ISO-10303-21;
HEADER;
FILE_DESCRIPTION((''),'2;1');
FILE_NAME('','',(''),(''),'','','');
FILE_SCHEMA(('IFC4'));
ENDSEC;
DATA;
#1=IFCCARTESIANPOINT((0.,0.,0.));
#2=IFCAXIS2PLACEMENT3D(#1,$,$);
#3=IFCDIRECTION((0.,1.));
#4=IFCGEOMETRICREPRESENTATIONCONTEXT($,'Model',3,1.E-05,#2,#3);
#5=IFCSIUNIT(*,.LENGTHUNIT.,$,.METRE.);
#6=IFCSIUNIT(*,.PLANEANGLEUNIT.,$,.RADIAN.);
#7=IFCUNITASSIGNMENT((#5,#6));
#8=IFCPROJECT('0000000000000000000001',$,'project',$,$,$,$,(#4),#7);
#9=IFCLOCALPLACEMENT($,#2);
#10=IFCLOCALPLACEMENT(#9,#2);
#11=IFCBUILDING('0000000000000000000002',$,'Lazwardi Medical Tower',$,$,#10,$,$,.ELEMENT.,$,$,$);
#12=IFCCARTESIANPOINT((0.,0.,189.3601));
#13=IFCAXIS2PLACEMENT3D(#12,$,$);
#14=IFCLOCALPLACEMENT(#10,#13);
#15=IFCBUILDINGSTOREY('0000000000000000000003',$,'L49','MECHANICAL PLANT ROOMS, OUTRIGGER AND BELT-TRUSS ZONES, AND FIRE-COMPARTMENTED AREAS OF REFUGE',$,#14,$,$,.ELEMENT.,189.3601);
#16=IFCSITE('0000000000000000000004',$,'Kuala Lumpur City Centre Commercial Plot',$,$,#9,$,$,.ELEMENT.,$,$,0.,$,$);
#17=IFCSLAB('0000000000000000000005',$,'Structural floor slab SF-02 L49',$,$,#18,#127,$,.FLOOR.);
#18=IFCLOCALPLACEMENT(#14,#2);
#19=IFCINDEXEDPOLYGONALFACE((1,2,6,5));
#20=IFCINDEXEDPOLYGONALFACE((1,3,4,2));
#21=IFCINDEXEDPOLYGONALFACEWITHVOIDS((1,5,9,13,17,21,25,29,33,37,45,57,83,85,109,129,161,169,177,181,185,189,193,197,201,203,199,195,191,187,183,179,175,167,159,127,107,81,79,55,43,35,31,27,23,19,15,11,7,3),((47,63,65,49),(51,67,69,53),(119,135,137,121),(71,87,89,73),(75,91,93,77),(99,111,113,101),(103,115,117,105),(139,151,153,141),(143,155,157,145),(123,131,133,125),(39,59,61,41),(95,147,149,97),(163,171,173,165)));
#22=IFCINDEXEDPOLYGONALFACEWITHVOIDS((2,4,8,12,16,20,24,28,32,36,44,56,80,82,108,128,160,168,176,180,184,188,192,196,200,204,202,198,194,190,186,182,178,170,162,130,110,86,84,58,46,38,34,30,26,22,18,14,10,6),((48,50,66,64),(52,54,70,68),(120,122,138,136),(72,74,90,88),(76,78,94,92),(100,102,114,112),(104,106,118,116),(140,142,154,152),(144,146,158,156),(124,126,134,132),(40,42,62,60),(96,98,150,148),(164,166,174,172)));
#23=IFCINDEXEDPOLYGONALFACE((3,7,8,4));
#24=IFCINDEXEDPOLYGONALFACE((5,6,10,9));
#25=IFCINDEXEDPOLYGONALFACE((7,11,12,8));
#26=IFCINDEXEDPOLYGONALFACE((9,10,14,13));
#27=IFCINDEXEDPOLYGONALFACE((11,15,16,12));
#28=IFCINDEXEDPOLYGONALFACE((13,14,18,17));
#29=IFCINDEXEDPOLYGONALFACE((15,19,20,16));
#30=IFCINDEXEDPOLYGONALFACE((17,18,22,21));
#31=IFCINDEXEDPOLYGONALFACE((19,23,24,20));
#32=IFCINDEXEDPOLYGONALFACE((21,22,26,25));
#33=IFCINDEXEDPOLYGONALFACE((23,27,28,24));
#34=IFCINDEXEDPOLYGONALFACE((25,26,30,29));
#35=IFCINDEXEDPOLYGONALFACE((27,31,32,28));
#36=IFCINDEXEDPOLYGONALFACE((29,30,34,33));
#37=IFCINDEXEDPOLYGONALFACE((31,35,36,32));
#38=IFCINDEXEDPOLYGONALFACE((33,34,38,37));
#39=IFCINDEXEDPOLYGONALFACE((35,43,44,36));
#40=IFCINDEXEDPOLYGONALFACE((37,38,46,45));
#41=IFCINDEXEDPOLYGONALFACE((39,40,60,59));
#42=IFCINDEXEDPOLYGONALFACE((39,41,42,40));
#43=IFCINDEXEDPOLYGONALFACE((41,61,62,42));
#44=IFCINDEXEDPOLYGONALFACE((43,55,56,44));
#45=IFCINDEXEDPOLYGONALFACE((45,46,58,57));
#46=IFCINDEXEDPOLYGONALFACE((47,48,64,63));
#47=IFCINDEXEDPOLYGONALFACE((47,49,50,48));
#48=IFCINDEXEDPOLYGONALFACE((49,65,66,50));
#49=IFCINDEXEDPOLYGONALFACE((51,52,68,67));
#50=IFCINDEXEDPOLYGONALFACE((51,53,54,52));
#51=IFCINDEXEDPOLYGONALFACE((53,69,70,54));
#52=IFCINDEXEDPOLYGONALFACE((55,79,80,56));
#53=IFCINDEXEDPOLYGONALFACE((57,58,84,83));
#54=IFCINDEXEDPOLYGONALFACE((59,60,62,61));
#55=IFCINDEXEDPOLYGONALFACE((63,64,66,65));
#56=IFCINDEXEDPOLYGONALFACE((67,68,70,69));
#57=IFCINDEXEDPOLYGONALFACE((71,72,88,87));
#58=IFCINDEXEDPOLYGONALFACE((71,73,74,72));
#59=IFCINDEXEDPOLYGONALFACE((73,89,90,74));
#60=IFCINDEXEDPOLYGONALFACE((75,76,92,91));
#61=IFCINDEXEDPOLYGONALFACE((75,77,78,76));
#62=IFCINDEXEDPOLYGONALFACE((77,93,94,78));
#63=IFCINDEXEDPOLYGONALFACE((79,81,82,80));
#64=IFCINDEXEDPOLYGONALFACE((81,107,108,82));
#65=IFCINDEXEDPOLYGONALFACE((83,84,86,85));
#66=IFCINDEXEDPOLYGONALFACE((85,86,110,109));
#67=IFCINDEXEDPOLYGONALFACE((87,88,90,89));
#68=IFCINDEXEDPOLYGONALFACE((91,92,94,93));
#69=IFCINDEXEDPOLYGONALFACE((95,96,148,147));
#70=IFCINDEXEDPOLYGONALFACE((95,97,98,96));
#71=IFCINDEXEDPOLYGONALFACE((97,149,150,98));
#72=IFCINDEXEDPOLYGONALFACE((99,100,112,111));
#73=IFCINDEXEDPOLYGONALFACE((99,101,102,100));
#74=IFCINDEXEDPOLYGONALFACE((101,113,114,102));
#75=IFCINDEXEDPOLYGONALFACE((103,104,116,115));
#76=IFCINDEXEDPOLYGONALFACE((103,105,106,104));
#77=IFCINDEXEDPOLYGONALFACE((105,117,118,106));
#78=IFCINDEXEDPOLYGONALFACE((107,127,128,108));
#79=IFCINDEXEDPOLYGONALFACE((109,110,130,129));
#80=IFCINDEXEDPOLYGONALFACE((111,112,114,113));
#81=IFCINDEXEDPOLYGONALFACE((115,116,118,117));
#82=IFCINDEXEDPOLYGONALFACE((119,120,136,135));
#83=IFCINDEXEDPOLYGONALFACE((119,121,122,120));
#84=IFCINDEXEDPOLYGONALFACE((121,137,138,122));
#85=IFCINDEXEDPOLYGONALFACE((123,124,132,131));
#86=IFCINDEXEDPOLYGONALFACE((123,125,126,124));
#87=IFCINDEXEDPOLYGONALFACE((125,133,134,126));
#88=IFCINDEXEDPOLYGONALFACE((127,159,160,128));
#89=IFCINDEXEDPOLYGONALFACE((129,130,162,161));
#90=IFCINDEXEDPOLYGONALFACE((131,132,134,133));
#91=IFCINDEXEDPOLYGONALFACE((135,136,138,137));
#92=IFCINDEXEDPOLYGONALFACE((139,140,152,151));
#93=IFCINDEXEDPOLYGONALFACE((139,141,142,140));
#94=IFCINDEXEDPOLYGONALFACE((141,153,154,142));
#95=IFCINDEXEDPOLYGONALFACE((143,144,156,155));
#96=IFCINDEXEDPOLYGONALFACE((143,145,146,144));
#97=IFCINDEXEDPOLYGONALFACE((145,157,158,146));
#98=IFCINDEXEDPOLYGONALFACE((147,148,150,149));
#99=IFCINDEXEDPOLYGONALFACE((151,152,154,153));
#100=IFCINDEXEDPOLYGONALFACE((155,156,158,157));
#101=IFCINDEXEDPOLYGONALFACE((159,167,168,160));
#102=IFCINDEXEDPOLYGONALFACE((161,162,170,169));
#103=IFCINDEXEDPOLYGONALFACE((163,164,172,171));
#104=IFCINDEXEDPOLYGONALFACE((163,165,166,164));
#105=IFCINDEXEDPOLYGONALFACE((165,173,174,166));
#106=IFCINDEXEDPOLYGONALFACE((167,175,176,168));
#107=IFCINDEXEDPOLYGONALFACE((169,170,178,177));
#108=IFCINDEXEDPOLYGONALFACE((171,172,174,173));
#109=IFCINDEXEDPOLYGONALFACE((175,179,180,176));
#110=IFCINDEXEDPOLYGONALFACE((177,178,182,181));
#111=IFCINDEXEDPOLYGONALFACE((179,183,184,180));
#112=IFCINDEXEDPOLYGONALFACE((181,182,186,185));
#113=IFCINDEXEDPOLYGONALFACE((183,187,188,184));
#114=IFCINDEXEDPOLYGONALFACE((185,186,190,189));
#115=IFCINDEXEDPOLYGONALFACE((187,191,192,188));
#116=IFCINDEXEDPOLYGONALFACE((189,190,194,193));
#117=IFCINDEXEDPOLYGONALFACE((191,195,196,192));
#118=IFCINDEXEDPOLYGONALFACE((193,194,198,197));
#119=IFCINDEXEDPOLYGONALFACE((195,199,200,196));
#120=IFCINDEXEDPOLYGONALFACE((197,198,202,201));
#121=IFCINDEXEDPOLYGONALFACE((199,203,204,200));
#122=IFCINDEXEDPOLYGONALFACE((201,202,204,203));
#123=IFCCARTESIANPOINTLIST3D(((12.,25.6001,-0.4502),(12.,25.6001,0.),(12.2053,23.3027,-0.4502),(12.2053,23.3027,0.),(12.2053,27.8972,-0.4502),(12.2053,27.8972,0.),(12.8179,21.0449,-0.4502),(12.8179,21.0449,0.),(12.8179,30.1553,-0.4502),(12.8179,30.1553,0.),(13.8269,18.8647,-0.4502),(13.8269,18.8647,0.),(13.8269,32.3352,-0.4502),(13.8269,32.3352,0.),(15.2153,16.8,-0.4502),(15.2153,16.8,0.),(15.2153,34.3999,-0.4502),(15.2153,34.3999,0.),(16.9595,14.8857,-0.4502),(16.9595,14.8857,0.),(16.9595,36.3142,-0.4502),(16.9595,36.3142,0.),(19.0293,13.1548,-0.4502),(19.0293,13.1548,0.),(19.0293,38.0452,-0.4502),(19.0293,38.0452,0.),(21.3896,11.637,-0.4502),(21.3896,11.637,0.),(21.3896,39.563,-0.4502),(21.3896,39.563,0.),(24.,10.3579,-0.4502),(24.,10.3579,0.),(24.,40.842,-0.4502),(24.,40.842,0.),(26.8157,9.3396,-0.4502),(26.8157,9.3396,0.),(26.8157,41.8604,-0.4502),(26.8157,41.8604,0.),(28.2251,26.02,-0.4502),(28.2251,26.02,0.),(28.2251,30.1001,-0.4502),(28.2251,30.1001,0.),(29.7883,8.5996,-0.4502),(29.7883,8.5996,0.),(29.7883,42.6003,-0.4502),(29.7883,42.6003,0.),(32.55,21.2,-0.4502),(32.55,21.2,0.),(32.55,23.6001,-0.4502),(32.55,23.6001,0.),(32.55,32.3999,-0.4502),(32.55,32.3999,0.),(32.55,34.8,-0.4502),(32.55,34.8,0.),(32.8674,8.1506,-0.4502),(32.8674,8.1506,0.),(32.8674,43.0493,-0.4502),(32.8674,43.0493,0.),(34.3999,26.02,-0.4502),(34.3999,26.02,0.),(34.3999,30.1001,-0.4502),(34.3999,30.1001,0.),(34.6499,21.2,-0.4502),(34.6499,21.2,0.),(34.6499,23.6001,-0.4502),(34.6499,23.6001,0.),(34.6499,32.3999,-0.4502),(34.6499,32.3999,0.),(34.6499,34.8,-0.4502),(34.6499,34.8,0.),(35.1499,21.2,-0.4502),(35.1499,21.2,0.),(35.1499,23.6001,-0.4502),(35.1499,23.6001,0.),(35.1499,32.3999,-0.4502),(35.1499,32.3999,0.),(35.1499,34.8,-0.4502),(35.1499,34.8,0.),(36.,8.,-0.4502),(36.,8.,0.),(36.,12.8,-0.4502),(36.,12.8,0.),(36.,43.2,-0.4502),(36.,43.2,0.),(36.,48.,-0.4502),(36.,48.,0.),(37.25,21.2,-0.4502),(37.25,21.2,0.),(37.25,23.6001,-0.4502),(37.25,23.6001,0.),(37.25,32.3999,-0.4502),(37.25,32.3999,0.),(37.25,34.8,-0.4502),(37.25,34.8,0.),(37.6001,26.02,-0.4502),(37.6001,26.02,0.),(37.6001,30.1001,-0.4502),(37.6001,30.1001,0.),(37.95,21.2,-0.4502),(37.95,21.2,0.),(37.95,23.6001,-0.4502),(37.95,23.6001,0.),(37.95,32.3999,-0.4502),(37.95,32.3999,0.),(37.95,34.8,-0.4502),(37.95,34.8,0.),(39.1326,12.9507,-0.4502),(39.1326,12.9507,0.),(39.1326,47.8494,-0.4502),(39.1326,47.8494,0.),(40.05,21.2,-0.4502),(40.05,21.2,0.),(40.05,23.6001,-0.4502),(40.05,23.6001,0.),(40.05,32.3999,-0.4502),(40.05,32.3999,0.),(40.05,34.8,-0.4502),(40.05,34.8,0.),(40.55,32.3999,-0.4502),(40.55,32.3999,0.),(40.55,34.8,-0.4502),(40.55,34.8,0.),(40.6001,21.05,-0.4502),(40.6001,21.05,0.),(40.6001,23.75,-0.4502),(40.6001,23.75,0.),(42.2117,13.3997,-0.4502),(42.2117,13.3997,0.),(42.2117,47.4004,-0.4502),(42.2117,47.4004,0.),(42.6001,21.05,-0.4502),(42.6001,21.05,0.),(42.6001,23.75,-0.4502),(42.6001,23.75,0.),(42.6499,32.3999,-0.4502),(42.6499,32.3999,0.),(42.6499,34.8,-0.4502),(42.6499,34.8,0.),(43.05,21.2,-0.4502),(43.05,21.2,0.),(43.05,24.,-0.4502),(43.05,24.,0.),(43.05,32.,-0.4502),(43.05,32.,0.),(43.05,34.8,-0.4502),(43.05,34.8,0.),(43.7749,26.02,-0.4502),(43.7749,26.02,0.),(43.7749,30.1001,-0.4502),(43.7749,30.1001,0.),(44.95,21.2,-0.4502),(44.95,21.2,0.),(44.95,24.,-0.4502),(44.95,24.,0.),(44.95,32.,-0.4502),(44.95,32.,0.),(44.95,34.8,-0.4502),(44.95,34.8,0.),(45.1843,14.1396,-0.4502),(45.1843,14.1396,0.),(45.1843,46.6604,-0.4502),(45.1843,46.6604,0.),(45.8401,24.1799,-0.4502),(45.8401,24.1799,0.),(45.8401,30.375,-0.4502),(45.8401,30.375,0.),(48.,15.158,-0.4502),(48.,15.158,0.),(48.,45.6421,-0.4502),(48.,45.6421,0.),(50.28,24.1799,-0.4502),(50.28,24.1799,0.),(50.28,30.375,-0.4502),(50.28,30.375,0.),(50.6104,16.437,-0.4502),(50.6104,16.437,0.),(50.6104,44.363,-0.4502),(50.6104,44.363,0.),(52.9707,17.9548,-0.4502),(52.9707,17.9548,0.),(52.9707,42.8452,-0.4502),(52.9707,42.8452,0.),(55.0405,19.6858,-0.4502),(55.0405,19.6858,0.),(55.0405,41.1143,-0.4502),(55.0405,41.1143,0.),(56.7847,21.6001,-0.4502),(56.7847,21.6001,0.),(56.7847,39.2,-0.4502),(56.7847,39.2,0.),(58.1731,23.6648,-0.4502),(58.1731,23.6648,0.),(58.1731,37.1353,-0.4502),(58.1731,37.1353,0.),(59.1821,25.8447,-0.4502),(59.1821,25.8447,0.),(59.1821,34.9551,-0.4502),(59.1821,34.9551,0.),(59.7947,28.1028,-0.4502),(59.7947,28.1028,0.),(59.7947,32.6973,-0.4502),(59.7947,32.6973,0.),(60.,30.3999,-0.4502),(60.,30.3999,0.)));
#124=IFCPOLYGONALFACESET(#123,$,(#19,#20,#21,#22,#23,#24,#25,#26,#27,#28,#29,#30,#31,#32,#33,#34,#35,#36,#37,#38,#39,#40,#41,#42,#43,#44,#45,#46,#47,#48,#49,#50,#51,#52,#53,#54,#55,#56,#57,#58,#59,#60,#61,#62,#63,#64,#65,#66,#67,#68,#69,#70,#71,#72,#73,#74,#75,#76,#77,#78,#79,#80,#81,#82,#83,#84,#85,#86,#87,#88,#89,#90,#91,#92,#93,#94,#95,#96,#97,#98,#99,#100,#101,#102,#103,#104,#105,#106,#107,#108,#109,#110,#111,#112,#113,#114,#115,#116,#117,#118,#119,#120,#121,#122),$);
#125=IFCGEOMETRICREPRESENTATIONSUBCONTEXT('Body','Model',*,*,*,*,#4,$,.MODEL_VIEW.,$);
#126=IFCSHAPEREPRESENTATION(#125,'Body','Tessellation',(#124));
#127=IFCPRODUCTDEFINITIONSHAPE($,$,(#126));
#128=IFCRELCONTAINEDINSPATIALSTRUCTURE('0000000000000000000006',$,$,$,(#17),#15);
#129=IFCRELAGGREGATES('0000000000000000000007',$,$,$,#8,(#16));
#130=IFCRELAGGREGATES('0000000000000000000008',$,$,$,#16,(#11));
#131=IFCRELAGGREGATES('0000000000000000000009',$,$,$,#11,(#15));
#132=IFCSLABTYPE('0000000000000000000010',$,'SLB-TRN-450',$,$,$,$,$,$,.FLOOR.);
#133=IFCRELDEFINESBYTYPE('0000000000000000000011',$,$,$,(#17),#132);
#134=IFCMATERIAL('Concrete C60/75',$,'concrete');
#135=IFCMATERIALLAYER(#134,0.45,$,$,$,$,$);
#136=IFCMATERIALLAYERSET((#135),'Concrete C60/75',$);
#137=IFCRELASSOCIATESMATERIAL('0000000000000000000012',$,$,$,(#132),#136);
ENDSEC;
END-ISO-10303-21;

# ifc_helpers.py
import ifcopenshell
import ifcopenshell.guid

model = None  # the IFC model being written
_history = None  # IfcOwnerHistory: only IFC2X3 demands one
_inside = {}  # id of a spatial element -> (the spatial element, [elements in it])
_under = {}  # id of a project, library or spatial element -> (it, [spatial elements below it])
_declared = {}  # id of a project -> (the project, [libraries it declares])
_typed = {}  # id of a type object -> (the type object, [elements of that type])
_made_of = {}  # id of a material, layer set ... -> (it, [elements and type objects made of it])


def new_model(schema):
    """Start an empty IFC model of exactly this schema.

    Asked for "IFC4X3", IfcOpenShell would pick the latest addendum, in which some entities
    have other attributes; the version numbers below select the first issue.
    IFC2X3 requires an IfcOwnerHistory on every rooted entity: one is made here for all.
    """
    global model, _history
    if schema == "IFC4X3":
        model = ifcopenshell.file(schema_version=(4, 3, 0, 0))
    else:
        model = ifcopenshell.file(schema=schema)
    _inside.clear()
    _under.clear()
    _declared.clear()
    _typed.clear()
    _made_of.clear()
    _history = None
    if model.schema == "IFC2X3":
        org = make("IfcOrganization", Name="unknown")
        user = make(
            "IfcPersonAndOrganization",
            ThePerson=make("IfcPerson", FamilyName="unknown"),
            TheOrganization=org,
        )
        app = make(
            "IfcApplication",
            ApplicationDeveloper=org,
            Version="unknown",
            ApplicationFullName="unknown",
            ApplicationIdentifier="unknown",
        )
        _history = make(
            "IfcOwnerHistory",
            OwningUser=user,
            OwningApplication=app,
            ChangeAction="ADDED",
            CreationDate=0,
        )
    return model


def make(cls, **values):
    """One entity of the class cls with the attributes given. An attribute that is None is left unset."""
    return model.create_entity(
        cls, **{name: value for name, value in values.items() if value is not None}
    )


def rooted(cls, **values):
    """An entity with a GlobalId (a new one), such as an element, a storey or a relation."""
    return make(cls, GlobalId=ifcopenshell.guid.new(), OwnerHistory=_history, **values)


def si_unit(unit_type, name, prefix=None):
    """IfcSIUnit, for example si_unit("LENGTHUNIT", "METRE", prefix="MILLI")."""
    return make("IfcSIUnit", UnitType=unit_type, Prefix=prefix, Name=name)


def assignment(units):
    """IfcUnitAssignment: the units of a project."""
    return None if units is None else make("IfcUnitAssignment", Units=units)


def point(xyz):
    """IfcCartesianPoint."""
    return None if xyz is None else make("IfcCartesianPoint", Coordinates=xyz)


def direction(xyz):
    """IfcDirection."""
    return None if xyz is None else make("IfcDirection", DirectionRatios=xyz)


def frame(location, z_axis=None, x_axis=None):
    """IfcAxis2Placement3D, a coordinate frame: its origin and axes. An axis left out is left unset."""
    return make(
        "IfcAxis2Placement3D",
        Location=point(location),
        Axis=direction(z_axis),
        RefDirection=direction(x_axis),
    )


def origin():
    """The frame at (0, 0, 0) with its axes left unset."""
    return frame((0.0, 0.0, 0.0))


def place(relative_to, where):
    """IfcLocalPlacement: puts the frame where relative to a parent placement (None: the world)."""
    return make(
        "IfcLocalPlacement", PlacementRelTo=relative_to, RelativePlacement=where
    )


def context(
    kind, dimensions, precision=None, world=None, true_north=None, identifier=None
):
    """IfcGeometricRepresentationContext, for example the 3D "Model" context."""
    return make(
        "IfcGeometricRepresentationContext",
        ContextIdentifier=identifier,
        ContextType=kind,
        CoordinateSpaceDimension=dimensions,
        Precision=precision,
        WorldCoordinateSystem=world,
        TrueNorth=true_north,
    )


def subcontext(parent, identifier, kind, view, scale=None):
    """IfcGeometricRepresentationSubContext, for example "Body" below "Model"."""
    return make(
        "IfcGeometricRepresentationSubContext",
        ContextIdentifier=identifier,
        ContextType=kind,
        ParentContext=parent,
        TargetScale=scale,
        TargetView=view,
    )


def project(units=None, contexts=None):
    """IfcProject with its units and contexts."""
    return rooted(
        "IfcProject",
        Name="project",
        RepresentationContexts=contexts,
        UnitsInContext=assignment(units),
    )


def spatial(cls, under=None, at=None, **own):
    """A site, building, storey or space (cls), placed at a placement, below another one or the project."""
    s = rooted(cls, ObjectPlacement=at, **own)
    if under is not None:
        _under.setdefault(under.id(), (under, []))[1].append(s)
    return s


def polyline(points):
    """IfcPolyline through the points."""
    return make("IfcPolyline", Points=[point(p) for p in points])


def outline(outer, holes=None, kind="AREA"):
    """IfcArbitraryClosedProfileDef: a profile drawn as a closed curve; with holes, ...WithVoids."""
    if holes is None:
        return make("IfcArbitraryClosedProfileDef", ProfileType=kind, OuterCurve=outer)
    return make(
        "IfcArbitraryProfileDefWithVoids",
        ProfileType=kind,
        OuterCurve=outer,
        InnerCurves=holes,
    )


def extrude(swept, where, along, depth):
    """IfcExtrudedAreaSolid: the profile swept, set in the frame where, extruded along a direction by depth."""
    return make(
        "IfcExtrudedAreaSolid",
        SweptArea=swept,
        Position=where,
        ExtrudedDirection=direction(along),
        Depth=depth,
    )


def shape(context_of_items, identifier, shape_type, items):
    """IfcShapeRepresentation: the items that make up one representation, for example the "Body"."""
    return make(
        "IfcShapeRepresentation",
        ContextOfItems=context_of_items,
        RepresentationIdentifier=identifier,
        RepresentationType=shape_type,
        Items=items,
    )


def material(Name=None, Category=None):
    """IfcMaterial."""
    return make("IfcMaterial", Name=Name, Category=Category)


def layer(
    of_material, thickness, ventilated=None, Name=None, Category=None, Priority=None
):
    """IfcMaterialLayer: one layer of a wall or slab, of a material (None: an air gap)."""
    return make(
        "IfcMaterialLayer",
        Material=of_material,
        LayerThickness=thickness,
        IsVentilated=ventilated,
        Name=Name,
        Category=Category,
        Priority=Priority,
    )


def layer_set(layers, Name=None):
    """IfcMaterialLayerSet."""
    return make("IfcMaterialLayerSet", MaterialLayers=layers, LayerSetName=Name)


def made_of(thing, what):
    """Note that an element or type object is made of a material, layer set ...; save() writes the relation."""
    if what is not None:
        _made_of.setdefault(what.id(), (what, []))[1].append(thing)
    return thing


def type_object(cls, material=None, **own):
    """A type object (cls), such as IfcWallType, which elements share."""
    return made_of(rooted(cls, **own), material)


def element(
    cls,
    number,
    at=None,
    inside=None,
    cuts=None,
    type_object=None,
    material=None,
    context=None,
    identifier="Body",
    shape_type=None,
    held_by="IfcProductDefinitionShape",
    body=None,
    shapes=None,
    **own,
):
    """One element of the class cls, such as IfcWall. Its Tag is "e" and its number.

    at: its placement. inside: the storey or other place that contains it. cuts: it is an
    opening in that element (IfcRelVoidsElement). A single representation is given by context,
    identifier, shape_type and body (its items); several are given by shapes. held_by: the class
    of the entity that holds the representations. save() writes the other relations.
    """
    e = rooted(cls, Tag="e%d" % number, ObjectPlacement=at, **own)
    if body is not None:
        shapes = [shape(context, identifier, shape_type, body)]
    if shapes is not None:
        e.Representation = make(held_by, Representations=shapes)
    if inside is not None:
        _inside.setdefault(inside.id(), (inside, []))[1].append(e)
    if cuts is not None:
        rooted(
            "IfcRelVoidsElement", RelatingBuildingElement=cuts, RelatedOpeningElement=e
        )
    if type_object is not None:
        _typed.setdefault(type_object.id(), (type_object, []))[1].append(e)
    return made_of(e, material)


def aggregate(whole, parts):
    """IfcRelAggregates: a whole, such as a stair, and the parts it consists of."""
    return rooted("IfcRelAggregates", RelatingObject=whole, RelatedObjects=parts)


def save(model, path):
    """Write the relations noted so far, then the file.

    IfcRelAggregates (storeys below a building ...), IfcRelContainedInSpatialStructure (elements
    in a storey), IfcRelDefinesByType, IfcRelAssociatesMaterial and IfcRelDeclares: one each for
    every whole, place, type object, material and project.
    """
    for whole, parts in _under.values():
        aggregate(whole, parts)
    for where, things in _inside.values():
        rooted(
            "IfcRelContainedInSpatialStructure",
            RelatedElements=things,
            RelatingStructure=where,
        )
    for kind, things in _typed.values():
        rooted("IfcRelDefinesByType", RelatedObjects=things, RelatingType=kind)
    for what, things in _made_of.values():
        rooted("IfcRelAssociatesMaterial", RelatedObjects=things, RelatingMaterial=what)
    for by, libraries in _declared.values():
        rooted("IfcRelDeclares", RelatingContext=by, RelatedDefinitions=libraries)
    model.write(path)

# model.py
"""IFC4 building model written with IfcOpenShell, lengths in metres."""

from ifc_helpers import new_model, si_unit, direction, frame, origin, place, context, subcontext, project, spatial, polyline, outline, extrude, material, layer, layer_set, type_object, element, save


model = new_model("IFC4")

# Units and contexts
model_context = context("Model", 3, precision=1e-05, world=origin(), true_north=direction((0.0, 1.0)))
body_context = subcontext(model_context, "Body", "Model", "MODEL_VIEW")
ifc_project = project(units=[si_unit("LENGTHUNIT", "METRE"), si_unit("PLANEANGLEUNIT", "RADIAN")], contexts=[model_context])

# Site, building, storey
site_placement = place(None, origin())
site = spatial("IfcSite", under=ifc_project, at=site_placement, Name="Kuala Lumpur City Centre Commercial Plot", CompositionType="ELEMENT", RefElevation=0.0)
building_placement = place(site_placement, origin())
building = spatial("IfcBuilding", under=site, at=building_placement, Name="Lazwardi Medical Tower", CompositionType="ELEMENT")
storey_placement = place(building_placement, frame((0.0, 0.0, 189.3601)))
storey = spatial("IfcBuildingStorey", under=building, at=storey_placement, Name="L49", Description="MECHANICAL PLANT ROOMS, OUTRIGGER AND BELT-TRUSS ZONES, AND FIRE-COMPARTMENTED AREAS OF REFUGE", CompositionType="ELEMENT", Elevation=189.3601)

# Shared definitions
ifc_material_1 = material(Name="Concrete C60/75", Category="concrete")

# Slab
ifc_layer_1 = layer(ifc_material_1, 0.45)
ifc_layer_set_1 = layer_set([ifc_layer_1], Name="Concrete C60/75")
slab_type_1 = type_object("IfcSlabType", Name="SLB-TRN-450", PredefinedType="FLOOR", material=ifc_layer_set_1)
slab_1_placement = place(storey_placement, frame((0.0, 0.0, -0.4502)))
element("IfcSlab", 1, at=slab_1_placement, inside=storey, type_object=slab_type_1, Name="Structural floor slab SF-02 L49", PredefinedType="FLOOR", context=body_context, shape_type="SweptSolid", body=[
    extrude(outline(polyline([(12.2053, 23.3027), (12.8179, 21.0449), (13.8269, 18.8647), (15.2153, 16.8), (16.9595, 14.8857), (19.0293, 13.1548), (21.3896, 11.637), (24.0, 10.3579), (26.8157, 9.3396), (29.7883, 8.5996), (32.8674, 8.1506), (36.0, 8.0), (36.0, 12.8), (39.1326, 12.9507), (42.2117, 13.3997), (45.1843, 14.1396), (48.0, 15.158), (50.6104, 16.437), (52.9707, 17.9548), (55.0405, 19.6858), (56.7847, 21.6001), (58.1731, 23.6648), (59.1821, 25.8447), (59.7947, 28.1028), (60.0, 30.3999), (59.7947, 32.6973), (59.1821, 34.9551), (58.1731, 37.1353), (56.7847, 39.2), (55.0405, 41.1143), (52.9707, 42.8452), (50.6104, 44.363), (48.0, 45.6421), (45.1843, 46.6604), (42.2117, 47.4004), (39.1326, 47.8494), (36.0, 48.0), (36.0, 43.2), (32.8674, 43.0493), (29.7883, 42.6003), (26.8157, 41.8604), (24.0, 40.842), (21.3896, 39.563), (19.0293, 38.0452), (16.9595, 36.3142), (15.2153, 34.3999), (13.8269, 32.3352), (12.8179, 30.1553), (12.2053, 27.8972), (12.0, 25.6001), (12.2053, 23.3027)]), holes=[polyline([(28.2251, 26.02), (28.2251, 30.1001), (34.3999, 30.1001), (34.3999, 26.02), (28.2251, 26.02)]), polyline([(37.6001, 30.1001), (43.7749, 30.1001), (43.7749, 26.02), (37.6001, 26.02), (37.6001, 30.1001)]), polyline([(50.28, 30.375), (50.28, 24.1799), (45.8401, 24.1799), (45.8401, 30.375), (50.28, 30.375)]), polyline([(34.6499, 32.3999), (32.55, 32.3999), (32.55, 34.8), (34.6499, 34.8), (34.6499, 32.3999)]), polyline([(35.1499, 32.3999), (35.1499, 34.8), (37.25, 34.8), (37.25, 32.3999), (35.1499, 32.3999)]), polyline([(32.55, 23.6001), (34.6499, 23.6001), (34.6499, 21.2), (32.55, 21.2), (32.55, 23.6001)]), polyline([(37.25, 23.6001), (37.25, 21.2), (35.1499, 21.2), (35.1499, 23.6001), (37.25, 23.6001)]), polyline([(40.05, 32.3999), (37.95, 32.3999), (37.95, 34.8), (40.05, 34.8), (40.05, 32.3999)]), polyline([(40.55, 32.3999), (40.55, 34.8), (42.6499, 34.8), (42.6499, 32.3999), (40.55, 32.3999)]), polyline([(37.95, 23.6001), (40.05, 23.6001), (40.05, 21.2), (37.95, 21.2), (37.95, 23.6001)]), polyline([(44.95, 34.8), (44.95, 32.0), (43.05, 32.0), (43.05, 34.8), (44.95, 34.8)]), polyline([(44.95, 21.2), (43.05, 21.2), (43.05, 24.0), (44.95, 24.0), (44.95, 21.2)]), polyline([(40.6001, 21.05), (40.6001, 23.75), (42.6001, 23.75), (42.6001, 21.05), (40.6001, 21.05)])]), origin(), (0.0, 0.0, 1.0), 0.4502),
])

save(model, "model.ifc")
